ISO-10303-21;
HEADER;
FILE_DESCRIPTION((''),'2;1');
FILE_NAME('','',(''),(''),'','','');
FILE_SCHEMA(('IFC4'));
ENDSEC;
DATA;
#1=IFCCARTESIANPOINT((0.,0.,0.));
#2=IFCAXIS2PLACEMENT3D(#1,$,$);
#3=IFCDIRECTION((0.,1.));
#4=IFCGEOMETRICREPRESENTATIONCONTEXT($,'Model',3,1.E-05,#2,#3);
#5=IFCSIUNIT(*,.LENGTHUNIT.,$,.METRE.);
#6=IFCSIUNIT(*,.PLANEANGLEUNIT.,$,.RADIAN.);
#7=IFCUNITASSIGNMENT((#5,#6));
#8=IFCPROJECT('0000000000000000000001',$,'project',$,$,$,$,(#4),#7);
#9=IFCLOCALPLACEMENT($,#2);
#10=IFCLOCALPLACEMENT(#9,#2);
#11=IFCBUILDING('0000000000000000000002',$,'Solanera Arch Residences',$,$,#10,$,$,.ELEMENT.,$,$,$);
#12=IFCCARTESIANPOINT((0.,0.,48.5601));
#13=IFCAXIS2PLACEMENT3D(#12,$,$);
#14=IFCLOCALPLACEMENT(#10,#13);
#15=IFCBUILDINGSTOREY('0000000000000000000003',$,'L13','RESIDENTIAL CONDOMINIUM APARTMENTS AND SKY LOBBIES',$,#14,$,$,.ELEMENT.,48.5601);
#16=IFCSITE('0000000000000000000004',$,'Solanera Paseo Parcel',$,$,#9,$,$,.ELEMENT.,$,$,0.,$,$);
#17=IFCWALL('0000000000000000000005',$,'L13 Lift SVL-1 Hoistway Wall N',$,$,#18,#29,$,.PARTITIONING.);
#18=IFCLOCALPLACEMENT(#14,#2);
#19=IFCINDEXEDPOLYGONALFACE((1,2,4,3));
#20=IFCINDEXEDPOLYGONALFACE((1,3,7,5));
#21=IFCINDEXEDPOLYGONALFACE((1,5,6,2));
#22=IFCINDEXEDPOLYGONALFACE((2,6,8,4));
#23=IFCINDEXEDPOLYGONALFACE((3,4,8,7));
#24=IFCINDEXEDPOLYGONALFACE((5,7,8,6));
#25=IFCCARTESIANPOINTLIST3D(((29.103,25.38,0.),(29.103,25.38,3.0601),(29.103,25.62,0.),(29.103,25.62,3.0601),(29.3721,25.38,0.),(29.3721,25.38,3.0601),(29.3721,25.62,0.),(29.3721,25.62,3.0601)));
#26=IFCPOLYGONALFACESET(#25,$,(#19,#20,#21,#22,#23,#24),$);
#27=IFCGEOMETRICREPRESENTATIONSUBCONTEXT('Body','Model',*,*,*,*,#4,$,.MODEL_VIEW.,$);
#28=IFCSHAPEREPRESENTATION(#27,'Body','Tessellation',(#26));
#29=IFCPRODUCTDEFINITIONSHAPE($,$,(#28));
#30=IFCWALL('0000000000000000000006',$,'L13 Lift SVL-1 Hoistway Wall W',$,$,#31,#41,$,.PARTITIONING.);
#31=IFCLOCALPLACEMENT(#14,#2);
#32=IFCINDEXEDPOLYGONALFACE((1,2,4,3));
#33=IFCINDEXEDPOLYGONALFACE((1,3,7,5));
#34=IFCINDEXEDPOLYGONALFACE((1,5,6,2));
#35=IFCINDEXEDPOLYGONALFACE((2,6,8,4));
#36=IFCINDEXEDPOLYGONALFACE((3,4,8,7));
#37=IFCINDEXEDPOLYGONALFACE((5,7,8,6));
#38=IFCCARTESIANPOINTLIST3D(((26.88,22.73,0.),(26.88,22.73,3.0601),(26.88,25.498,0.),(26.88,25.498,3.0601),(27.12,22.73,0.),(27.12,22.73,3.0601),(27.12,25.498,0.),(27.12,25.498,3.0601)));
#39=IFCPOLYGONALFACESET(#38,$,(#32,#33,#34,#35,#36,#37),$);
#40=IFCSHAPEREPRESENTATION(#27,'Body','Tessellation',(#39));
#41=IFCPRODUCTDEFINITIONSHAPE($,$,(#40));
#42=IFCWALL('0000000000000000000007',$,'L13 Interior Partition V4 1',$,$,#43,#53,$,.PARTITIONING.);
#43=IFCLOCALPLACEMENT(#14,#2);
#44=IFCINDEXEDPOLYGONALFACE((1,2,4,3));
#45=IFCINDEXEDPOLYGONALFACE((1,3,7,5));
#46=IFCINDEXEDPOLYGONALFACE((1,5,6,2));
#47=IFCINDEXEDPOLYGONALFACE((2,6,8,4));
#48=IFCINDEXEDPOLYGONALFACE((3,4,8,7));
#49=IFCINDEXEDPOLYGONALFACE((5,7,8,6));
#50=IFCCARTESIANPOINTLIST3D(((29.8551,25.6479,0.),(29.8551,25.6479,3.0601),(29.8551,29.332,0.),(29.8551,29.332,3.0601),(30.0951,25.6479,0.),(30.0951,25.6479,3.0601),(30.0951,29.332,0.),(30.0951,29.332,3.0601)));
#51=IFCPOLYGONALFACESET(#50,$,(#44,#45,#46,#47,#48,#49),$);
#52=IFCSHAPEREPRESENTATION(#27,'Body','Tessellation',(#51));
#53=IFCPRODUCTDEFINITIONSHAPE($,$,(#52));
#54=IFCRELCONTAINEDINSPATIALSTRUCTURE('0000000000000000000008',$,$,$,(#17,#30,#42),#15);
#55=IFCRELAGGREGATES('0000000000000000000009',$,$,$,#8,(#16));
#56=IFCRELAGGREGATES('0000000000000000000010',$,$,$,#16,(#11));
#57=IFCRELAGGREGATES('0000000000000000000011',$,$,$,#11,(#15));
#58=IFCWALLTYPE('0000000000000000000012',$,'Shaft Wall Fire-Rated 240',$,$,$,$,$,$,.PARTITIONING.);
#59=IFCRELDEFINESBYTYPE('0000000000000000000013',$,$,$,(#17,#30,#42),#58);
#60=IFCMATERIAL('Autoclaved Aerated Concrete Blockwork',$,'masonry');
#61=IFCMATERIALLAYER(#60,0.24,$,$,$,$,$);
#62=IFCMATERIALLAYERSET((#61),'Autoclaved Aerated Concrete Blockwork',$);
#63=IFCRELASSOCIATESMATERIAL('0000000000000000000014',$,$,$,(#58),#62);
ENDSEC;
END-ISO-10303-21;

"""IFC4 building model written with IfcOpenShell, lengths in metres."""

from ifc_helpers import new_model, si_unit, direction, frame, frame_2d, origin, place, context, subcontext, project, spatial, rectangle, extrude, material, layer, layer_set, type_object, element, save


model = new_model("IFC4")

# Units and contexts
model_context = context("Model", 3, precision=1e-05, world=origin(), true_north=direction((0.0, 1.0)))
body_context = subcontext(model_context, "Body", "Model", "MODEL_VIEW")
ifc_project = project(units=[si_unit("LENGTHUNIT", "METRE"), si_unit("PLANEANGLEUNIT", "RADIAN")], contexts=[model_context])

# Site, building, storey
site_placement = place(None, origin())
site = spatial("IfcSite", under=ifc_project, at=site_placement, Name="Solanera Paseo Parcel", CompositionType="ELEMENT", RefElevation=0.0)
building_placement = place(site_placement, origin())
building = spatial("IfcBuilding", under=site, at=building_placement, Name="Solanera Arch Residences", CompositionType="ELEMENT")
storey_placement = place(building_placement, frame((0.0, 0.0, 48.5601)))
storey = spatial("IfcBuildingStorey", under=building, at=storey_placement, Name="L13", Description="RESIDENTIAL CONDOMINIUM APARTMENTS AND SKY LOBBIES", CompositionType="ELEMENT", Elevation=48.5601)

# Walls
ifc_material_1 = material(Name="Autoclaved Aerated Concrete Blockwork", Category="masonry")
ifc_layer_1 = layer(ifc_material_1, 0.24)
ifc_layer_set_1 = layer_set([ifc_layer_1], Name="Autoclaved Aerated Concrete Blockwork")
wall_type_1 = type_object("IfcWallType", Name="Shaft Wall Fire-Rated 240", PredefinedType="PARTITIONING", material=ifc_layer_set_1)
wall_1_placement = place(storey_placement, frame((29.103, 25.5, 0.0), z_axis=(0.0, 0.0, 1.0), x_axis=(1.0, 0.0, 0.0)))
element("IfcWall", 1, at=wall_1_placement, inside=storey, type_object=wall_type_1, Name="L13 Lift SVL-1 Hoistway Wall N", PredefinedType="PARTITIONING", context=body_context, shape_type="SweptSolid", body=[
    extrude(rectangle(XDim=0.269, YDim=0.24, at=frame_2d((0.1345, 0.0))), origin(), (0.0, 0.0, 1.0), 3.0601),
])
wall_2_placement = place(storey_placement, frame((27.0, 22.73, 0.0), z_axis=(0.0, 0.0, 1.0), x_axis=(0.0, 1.0, 0.0)))
element("IfcWall", 2, at=wall_2_placement, inside=storey, type_object=wall_type_1, Name="L13 Lift SVL-1 Hoistway Wall W", PredefinedType="PARTITIONING", context=body_context, shape_type="SweptSolid", body=[
    extrude(rectangle(XDim=2.7681, YDim=0.24, at=frame_2d((1.384, 0.0))), origin(), (0.0, 0.0, 1.0), 3.0601),
])
wall_3_placement = place(storey_placement, frame((29.9751, 25.6479, 0.0), z_axis=(0.0, 0.0, 1.0), x_axis=(0.0, 1.0, 0.0)))
element("IfcWall", 3, at=wall_3_placement, inside=storey, type_object=wall_type_1, Name="L13 Interior Partition V4 1", PredefinedType="PARTITIONING", context=body_context, shape_type="SweptSolid", body=[
    extrude(rectangle(XDim=3.6841, YDim=0.24, at=frame_2d((1.842, 0.0))), origin(), (0.0, 0.0, 1.0), 3.0601),
])

save(model, "model.ifc")
